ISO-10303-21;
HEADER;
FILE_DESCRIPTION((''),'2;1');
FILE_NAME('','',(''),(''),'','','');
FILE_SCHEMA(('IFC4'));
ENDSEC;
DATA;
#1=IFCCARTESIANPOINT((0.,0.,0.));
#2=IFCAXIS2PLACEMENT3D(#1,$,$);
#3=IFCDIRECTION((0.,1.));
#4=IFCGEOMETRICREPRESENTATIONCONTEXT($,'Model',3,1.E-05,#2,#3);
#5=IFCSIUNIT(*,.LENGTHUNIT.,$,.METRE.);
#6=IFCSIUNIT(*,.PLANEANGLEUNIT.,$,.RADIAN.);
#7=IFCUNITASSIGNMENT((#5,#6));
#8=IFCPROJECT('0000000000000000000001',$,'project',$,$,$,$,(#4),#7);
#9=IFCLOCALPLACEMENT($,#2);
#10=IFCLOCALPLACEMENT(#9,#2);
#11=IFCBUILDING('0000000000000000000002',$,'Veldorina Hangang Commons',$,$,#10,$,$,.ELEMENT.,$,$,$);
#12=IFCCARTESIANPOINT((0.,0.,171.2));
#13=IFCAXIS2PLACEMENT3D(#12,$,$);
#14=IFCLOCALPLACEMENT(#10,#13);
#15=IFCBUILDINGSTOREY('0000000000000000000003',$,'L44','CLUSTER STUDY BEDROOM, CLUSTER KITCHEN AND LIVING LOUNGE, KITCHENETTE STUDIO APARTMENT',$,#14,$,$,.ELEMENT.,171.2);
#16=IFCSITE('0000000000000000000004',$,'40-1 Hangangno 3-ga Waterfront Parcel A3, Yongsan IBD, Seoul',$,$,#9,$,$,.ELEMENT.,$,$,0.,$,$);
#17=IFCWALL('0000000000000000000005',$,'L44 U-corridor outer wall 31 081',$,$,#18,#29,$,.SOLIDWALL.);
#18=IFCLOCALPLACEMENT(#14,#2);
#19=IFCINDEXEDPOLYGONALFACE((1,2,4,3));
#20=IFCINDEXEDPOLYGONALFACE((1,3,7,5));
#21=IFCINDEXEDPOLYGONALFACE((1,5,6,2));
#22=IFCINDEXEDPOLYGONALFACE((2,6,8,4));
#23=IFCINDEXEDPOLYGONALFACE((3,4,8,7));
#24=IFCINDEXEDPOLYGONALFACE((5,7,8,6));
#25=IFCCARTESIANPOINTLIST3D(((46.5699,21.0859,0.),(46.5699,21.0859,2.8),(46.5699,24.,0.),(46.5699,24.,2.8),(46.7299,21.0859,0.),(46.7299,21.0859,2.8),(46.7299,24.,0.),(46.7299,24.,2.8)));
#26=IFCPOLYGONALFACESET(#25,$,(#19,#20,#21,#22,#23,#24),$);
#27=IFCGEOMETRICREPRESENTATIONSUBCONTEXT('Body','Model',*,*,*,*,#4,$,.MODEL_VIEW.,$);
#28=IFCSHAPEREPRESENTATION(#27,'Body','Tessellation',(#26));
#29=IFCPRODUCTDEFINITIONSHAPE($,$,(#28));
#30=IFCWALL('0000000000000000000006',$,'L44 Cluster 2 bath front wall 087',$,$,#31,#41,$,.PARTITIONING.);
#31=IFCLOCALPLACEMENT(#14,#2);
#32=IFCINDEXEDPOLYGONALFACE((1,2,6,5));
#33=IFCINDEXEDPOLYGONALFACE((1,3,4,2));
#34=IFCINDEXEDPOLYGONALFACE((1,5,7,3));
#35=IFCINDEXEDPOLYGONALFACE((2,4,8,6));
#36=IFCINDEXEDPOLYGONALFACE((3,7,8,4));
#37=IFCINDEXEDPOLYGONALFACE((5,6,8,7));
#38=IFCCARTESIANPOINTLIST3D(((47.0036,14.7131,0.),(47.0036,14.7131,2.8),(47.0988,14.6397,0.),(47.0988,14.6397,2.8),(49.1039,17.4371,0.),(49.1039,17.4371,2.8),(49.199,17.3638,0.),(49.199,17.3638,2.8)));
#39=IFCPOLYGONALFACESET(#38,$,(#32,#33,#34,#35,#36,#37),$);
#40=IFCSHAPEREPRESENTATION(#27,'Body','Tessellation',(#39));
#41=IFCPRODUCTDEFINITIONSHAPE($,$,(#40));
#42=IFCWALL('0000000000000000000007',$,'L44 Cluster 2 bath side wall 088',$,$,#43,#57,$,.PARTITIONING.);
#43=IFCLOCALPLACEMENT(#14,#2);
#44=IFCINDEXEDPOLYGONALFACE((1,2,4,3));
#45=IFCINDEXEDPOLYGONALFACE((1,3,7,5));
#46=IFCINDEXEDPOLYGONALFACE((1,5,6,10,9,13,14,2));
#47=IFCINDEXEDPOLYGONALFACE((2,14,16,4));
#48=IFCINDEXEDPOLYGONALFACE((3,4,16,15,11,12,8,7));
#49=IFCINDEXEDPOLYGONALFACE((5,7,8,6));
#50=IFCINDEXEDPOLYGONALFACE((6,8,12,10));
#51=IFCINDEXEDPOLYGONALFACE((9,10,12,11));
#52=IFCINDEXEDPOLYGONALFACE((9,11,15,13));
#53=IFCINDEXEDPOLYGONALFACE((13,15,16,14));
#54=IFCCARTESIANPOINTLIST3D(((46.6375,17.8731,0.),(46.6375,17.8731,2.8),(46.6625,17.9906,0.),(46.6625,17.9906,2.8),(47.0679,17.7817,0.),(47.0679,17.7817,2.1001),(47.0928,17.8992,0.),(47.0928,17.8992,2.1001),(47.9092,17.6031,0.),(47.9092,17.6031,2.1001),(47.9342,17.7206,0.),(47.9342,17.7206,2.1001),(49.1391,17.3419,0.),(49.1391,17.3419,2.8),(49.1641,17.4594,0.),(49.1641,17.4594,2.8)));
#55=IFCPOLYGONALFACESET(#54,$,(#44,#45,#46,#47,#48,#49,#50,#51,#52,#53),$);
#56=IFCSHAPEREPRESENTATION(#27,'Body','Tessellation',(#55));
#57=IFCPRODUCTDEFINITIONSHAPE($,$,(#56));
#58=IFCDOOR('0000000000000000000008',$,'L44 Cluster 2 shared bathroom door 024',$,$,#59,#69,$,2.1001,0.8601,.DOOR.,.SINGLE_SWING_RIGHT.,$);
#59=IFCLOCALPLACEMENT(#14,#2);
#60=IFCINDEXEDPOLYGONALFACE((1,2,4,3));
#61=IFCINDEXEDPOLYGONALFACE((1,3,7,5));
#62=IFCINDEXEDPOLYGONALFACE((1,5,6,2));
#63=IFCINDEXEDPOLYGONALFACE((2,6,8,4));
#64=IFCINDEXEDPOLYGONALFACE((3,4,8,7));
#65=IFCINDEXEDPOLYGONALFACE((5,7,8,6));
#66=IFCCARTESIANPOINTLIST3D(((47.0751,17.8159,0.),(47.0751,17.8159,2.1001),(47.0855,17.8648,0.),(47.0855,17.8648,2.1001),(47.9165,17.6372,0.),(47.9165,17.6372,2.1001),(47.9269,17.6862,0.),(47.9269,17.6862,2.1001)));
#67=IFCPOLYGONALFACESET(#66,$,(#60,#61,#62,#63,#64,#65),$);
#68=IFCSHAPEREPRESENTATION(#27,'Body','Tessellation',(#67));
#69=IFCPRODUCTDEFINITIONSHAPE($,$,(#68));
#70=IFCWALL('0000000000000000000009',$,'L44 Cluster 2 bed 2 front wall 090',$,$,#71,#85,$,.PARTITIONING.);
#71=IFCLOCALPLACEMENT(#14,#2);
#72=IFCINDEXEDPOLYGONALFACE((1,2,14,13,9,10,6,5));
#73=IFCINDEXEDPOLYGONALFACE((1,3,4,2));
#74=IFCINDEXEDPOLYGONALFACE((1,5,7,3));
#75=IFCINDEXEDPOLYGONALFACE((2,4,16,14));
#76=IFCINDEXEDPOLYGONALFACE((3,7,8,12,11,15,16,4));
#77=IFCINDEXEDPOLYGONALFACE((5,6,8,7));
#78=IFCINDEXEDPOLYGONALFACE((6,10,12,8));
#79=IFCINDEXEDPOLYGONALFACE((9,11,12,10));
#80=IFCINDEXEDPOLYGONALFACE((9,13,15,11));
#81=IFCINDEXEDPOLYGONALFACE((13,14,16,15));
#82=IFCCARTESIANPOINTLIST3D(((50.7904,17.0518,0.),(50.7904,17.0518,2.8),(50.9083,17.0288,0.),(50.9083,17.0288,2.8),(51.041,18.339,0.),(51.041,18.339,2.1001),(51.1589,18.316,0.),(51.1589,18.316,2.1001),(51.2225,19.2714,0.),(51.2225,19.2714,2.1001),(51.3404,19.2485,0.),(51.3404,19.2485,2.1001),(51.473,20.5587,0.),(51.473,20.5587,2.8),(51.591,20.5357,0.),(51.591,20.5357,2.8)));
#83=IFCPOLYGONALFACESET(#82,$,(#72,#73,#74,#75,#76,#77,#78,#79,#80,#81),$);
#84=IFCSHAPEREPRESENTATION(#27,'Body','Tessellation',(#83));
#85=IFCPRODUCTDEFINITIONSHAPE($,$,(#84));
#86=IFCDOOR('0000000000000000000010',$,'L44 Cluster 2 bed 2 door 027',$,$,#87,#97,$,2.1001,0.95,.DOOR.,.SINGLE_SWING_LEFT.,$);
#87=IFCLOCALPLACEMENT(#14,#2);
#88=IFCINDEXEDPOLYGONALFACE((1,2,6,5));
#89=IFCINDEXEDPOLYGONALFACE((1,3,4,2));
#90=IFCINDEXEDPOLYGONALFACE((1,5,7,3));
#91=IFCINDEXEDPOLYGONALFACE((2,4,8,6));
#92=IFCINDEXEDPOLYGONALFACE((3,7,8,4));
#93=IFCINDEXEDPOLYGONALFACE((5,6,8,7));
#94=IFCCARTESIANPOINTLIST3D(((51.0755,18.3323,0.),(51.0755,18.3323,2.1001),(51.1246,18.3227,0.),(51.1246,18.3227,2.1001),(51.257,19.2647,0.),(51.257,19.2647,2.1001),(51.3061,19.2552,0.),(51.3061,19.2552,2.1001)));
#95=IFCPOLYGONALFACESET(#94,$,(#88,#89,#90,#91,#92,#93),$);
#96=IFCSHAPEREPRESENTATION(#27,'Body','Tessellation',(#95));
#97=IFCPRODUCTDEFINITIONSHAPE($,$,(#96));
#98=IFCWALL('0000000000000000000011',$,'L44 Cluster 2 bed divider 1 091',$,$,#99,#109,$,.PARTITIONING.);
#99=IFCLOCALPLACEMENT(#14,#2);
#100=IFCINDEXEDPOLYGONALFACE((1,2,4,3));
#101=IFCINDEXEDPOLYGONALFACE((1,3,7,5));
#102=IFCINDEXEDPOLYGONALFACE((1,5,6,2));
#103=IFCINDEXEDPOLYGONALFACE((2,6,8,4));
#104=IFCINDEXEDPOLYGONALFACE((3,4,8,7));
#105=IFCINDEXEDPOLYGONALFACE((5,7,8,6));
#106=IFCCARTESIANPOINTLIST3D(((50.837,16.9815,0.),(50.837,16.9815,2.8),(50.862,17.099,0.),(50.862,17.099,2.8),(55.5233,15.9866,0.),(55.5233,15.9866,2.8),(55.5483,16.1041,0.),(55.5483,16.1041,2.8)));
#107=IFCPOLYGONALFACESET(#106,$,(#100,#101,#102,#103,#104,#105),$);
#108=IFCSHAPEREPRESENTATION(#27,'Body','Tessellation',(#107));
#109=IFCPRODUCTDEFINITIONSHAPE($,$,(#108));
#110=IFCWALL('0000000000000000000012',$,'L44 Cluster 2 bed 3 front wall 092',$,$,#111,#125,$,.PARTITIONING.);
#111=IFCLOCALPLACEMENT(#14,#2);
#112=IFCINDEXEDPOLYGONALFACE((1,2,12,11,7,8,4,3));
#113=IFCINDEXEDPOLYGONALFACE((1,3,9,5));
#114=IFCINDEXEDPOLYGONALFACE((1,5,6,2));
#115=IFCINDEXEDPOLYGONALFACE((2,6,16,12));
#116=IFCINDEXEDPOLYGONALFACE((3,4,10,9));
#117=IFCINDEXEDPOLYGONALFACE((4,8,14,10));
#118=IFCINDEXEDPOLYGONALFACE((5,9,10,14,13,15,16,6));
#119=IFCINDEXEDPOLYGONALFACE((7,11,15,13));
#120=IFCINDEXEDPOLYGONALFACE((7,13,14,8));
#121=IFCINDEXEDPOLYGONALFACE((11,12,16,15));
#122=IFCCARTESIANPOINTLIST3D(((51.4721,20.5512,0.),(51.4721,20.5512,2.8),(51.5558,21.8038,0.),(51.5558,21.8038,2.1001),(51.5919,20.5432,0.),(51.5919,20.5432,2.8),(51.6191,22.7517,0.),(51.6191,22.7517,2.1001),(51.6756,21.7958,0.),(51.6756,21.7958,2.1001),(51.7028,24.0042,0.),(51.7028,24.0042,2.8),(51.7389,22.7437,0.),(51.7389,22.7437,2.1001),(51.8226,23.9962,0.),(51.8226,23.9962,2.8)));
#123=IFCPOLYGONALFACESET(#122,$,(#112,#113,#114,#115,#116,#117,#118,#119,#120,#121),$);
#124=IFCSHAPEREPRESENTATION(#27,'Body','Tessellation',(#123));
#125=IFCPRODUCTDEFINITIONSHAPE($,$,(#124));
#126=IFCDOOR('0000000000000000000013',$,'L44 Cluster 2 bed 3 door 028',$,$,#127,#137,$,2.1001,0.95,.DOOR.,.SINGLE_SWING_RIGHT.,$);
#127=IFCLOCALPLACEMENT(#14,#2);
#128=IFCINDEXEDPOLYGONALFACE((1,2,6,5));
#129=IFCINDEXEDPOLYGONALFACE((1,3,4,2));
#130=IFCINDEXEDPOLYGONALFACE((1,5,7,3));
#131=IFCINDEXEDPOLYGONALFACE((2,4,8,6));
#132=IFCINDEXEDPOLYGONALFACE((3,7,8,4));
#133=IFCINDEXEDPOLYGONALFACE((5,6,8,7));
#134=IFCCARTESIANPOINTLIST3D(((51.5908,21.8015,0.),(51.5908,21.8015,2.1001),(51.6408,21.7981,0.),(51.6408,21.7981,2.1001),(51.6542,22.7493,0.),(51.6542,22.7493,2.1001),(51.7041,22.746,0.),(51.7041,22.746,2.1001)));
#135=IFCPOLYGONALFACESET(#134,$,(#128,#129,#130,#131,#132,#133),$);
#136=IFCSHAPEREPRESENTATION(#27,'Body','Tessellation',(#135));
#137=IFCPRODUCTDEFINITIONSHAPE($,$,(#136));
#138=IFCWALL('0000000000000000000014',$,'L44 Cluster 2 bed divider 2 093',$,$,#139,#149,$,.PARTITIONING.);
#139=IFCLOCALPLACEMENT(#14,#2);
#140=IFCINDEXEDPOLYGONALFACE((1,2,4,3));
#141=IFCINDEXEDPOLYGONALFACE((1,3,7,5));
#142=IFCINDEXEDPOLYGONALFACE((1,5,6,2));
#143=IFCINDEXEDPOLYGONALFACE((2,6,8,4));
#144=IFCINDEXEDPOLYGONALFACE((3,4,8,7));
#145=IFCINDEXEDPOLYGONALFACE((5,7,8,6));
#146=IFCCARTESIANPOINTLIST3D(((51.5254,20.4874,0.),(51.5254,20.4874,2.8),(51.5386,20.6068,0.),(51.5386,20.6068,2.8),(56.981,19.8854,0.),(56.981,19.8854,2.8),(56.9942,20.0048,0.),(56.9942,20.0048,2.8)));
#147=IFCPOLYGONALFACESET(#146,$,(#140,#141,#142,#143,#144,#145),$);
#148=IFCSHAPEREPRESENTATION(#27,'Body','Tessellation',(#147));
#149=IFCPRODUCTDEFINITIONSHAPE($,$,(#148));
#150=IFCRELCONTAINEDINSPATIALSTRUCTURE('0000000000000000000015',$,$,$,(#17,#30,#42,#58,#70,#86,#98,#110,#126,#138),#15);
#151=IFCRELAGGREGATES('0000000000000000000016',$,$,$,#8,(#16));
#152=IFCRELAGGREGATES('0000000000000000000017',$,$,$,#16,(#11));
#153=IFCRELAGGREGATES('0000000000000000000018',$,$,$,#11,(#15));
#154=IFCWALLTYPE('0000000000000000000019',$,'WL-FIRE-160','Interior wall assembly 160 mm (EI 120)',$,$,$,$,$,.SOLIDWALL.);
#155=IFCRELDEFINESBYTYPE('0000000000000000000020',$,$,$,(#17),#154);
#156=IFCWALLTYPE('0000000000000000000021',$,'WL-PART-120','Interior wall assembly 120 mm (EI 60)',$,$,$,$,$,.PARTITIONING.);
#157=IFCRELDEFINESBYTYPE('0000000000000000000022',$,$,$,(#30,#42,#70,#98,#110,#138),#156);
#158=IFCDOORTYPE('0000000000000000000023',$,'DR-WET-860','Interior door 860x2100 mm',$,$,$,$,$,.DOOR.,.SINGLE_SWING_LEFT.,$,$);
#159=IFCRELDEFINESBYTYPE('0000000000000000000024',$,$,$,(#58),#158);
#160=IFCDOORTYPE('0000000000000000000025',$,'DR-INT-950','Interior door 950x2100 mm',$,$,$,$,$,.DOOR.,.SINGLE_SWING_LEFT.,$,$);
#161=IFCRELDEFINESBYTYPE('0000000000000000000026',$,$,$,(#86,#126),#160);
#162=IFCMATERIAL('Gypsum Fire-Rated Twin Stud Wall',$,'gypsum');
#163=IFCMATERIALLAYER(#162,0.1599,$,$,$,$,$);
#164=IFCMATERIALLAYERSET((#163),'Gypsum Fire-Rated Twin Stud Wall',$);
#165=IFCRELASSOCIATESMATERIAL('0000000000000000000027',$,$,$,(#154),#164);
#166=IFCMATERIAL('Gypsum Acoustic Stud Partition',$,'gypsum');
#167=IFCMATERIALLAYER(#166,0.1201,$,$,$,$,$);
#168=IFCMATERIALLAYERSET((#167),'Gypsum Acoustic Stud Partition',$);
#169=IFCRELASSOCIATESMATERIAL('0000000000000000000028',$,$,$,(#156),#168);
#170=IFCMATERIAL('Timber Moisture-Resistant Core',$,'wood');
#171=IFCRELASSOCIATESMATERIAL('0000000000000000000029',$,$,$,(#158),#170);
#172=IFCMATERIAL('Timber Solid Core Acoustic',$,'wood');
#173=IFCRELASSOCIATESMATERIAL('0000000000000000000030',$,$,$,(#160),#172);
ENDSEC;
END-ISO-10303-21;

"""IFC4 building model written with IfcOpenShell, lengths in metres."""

from ifc_helpers import new_model, si_unit, direction, frame, frame_2d, origin, place, context, subcontext, project, spatial, rectangle, extrude, material, layer, layer_set, type_object, element, fill, save


model = new_model("IFC4")

# Units and contexts
model_context = context("Model", 3, precision=1e-05, world=origin(), true_north=direction((0.0, 1.0)))
body_context = subcontext(model_context, "Body", "Model", "MODEL_VIEW")
ifc_project = project(units=[si_unit("LENGTHUNIT", "METRE"), si_unit("PLANEANGLEUNIT", "RADIAN")], contexts=[model_context])

# Site, building, storey
site_placement = place(None, origin())
site = spatial("IfcSite", under=ifc_project, at=site_placement, Name="40-1 Hangangno 3-ga Waterfront Parcel A3, Yongsan IBD, Seoul", CompositionType="ELEMENT", RefElevation=0.0)
building_placement = place(site_placement, origin())
building = spatial("IfcBuilding", under=site, at=building_placement, Name="Veldorina Hangang Commons", CompositionType="ELEMENT")
storey_placement = place(building_placement, frame((0.0, 0.0, 171.2)))
storey = spatial("IfcBuildingStorey", under=building, at=storey_placement, Name="L44", Description="CLUSTER STUDY BEDROOM, CLUSTER KITCHEN AND LIVING LOUNGE, KITCHENETTE STUDIO APARTMENT", CompositionType="ELEMENT", Elevation=171.2)

# Shared definitions
ifc_material_1 = material(Name="Gypsum Fire-Rated Twin Stud Wall", Category="gypsum")
ifc_layer_1 = layer(ifc_material_1, 0.1599)
ifc_layer_set_1 = layer_set([ifc_layer_1], Name="Gypsum Fire-Rated Twin Stud Wall")
wall_type_1 = type_object("IfcWallType", Name="WL-FIRE-160", Description="Interior wall assembly 160 mm (EI 120)", PredefinedType="SOLIDWALL", material=ifc_layer_set_1)

# Walls
wall_1_placement = place(storey_placement, frame((46.6499, 21.0859, 0.0), z_axis=(0.0, 0.0, 1.0), x_axis=(0.0, 1.0, 0.0)))
element("IfcWall", 1, at=wall_1_placement, inside=storey, type_object=wall_type_1, Name="L44 U-corridor outer wall 31 081", PredefinedType="SOLIDWALL", context=body_context, shape_type="SweptSolid", body=[
    extrude(rectangle(XDim=2.9141, YDim=0.1599, at=frame_2d((1.457, 0.0))), origin(), (0.0, 0.0, 1.0), 2.8),
])
ifc_material_2 = material(Name="Gypsum Acoustic Stud Partition", Category="gypsum")
ifc_layer_2 = layer(ifc_material_2, 0.1201)
ifc_layer_set_2 = layer_set([ifc_layer_2], Name="Gypsum Acoustic Stud Partition")
wall_type_2 = type_object("IfcWallType", Name="WL-PART-120", Description="Interior wall assembly 120 mm (EI 60)", PredefinedType="PARTITIONING", material=ifc_layer_set_2)
wall_2_placement = place(storey_placement, frame((47.0513, 14.6765, 0.0), z_axis=(0.0, 0.0, 1.0), x_axis=(0.610599, 0.79194, 0.0)))
element("IfcWall", 2, at=wall_2_placement, inside=storey, type_object=wall_type_2, Name="L44 Cluster 2 bath front wall 087", PredefinedType="PARTITIONING", context=body_context, shape_type="SweptSolid", body=[
    extrude(rectangle(XDim=3.4397, YDim=0.1201, at=frame_2d((1.7197, 0.0))), origin(), (0.0, 0.0, 1.0), 2.8),
])

# Walls, openings, doors
wall_3_placement = place(storey_placement, frame((46.6499, 17.9319, 0.0), z_axis=(0.0, 0.0, 1.0), x_axis=(0.978188, -0.207723, 0.0)))
wall_3 = element("IfcWall", 3, at=wall_3_placement, inside=storey, type_object=wall_type_2, Name="L44 Cluster 2 bath side wall 088", PredefinedType="PARTITIONING", context=body_context, shape_type="SweptSolid", body=[
    extrude(rectangle(XDim=2.5574, YDim=0.1201, at=frame_2d((1.2788, 0.0))), origin(), (0.0, 0.0, 1.0), 2.8),
])
opening_1_placement = place(wall_3_placement, frame((0.4399, 0.0, 0.0)))
opening_1 = element("IfcOpeningElement", 4, at=opening_1_placement, cuts=wall_3, PredefinedType="OPENING", context=body_context, shape_type="SweptSolid", body=[
    extrude(rectangle(XDim=0.8601, YDim=2.1001, at=frame_2d((0.4302, 1.05))), frame((0.0, 0.0701, 0.0), z_axis=(0.0, -1.0, 0.0), x_axis=(1.0, 0.0, 0.0)), (0.0, 0.0, 1.0), 0.1401),
])
ifc_material_3 = material(Name="Timber Moisture-Resistant Core", Category="wood")
door_type_1 = type_object("IfcDoorType", Name="DR-WET-860", Description="Interior door 860x2100 mm", OperationType="SINGLE_SWING_LEFT", PredefinedType="DOOR", material=ifc_material_3)
door_1_placement = place(opening_1_placement, origin())
door_1 = element("IfcDoor", 5, at=door_1_placement, inside=storey, type_object=door_type_1, Name="L44 Cluster 2 shared bathroom door 024", OperationType="SINGLE_SWING_RIGHT", OverallHeight=2.1001, OverallWidth=0.8601, PredefinedType="DOOR", context=body_context, shape_type="SweptSolid", body=[
    extrude(rectangle(XDim=0.8601, YDim=2.1001, at=frame_2d((0.4302, 1.05))), frame((0.0, 0.0249, 0.0), z_axis=(0.0, -1.0, 0.0), x_axis=(1.0, 0.0, 0.0)), (0.0, 0.0, 1.0), 0.05),
])
fill(opening_1, door_1)
wall_4_placement = place(storey_placement, frame((50.8494, 17.0403, 0.0), z_axis=(0.0, 0.0, 1.0), x_axis=(0.191067, 0.981577, 0.0)))
wall_4 = element("IfcWall", 6, at=wall_4_placement, inside=storey, type_object=wall_type_2, Name="L44 Cluster 2 bed 2 front wall 090", PredefinedType="PARTITIONING", context=body_context, shape_type="SweptSolid", body=[
    extrude(rectangle(XDim=3.5728, YDim=0.1201, at=frame_2d((1.7864, 0.0))), origin(), (0.0, 0.0, 1.0), 2.8),
])
opening_2_placement = place(wall_4_placement, frame((1.3113, 0.0, 0.0)))
opening_2 = element("IfcOpeningElement", 7, at=opening_2_placement, cuts=wall_4, PredefinedType="OPENING", context=body_context, shape_type="SweptSolid", body=[
    extrude(rectangle(XDim=0.95, YDim=2.1001, at=frame_2d((0.4751, 1.05))), frame((0.0, 0.0701, 0.0), z_axis=(0.0, -1.0, 0.0), x_axis=(1.0, 0.0, 0.0)), (0.0, 0.0, 1.0), 0.1401),
])
ifc_material_4 = material(Name="Timber Solid Core Acoustic", Category="wood")
door_type_2 = type_object("IfcDoorType", Name="DR-INT-950", Description="Interior door 950x2100 mm", OperationType="SINGLE_SWING_LEFT", PredefinedType="DOOR", material=ifc_material_4)
door_2_placement = place(opening_2_placement, origin())
door_2 = element("IfcDoor", 8, at=door_2_placement, inside=storey, type_object=door_type_2, Name="L44 Cluster 2 bed 2 door 027", OperationType="SINGLE_SWING_LEFT", OverallHeight=2.1001, OverallWidth=0.95, PredefinedType="DOOR", context=body_context, shape_type="SweptSolid", body=[
    extrude(rectangle(XDim=0.95, YDim=2.1001, at=frame_2d((0.4751, 1.05))), frame((0.0, 0.0249, 0.0), z_axis=(0.0, -1.0, 0.0), x_axis=(1.0, 0.0, 0.0)), (0.0, 0.0, 1.0), 0.05),
])
fill(opening_2, door_2)

# Wall
wall_5_placement = place(storey_placement, frame((50.8494, 17.0403, 0.0), z_axis=(0.0, 0.0, 1.0), x_axis=(0.9782, -0.207667, 0.0)))
element("IfcWall", 9, at=wall_5_placement, inside=storey, type_object=wall_type_2, Name="L44 Cluster 2 bed divider 1 091", PredefinedType="PARTITIONING", context=body_context, shape_type="SweptSolid", body=[
    extrude(rectangle(XDim=4.7908, YDim=0.1201, at=frame_2d((2.3955, 0.0))), origin(), (0.0, 0.0, 1.0), 2.8),
])

# Wall, opening, door
wall_6_placement = place(storey_placement, frame((51.532, 20.5471, 0.0), z_axis=(0.0, 0.0, 1.0), x_axis=(0.066669, 0.997775, 0.0)))
wall_6 = element("IfcWall", 10, at=wall_6_placement, inside=storey, type_object=wall_type_2, Name="L44 Cluster 2 bed 3 front wall 092", PredefinedType="PARTITIONING", context=body_context, shape_type="SweptSolid", body=[
    extrude(rectangle(XDim=3.4607, YDim=0.1201, at=frame_2d((1.7305, 0.0))), origin(), (0.0, 0.0, 1.0), 2.8),
])
opening_3_placement = place(wall_6_placement, frame((1.2554, 0.0, 0.0)))
opening_3 = element("IfcOpeningElement", 11, at=opening_3_placement, cuts=wall_6, PredefinedType="OPENING", context=body_context, shape_type="SweptSolid", body=[
    extrude(rectangle(XDim=0.95, YDim=2.1001, at=frame_2d((0.4751, 1.05))), frame((0.0, 0.0701, 0.0), z_axis=(0.0, -1.0, 0.0), x_axis=(1.0, 0.0, 0.0)), (0.0, 0.0, 1.0), 0.1401),
])
door_3_placement = place(opening_3_placement, origin())
door_3 = element("IfcDoor", 12, at=door_3_placement, inside=storey, type_object=door_type_2, Name="L44 Cluster 2 bed 3 door 028", OperationType="SINGLE_SWING_RIGHT", OverallHeight=2.1001, OverallWidth=0.95, PredefinedType="DOOR", context=body_context, shape_type="SweptSolid", body=[
    extrude(rectangle(XDim=0.95, YDim=2.1001, at=frame_2d((0.4751, 1.05))), frame((0.0, 0.0249, 0.0), z_axis=(0.0, -1.0, 0.0), x_axis=(1.0, 0.0, 0.0)), (0.0, 0.0, 1.0), 0.05),
])
fill(opening_3, door_3)

# Wall
wall_7_placement = place(storey_placement, frame((51.532, 20.5471, 0.0), z_axis=(0.0, 0.0, 1.0), x_axis=(0.993966, -0.109689, 0.0)))
element("IfcWall", 13, at=wall_7_placement, inside=storey, type_object=wall_type_2, Name="L44 Cluster 2 bed divider 2 093", PredefinedType="PARTITIONING", context=body_context, shape_type="SweptSolid", body=[
    extrude(rectangle(XDim=5.4888, YDim=0.1201, at=frame_2d((2.7444, 0.0))), origin(), (0.0, 0.0, 1.0), 2.8),
])

save(model, "model.ifc")
